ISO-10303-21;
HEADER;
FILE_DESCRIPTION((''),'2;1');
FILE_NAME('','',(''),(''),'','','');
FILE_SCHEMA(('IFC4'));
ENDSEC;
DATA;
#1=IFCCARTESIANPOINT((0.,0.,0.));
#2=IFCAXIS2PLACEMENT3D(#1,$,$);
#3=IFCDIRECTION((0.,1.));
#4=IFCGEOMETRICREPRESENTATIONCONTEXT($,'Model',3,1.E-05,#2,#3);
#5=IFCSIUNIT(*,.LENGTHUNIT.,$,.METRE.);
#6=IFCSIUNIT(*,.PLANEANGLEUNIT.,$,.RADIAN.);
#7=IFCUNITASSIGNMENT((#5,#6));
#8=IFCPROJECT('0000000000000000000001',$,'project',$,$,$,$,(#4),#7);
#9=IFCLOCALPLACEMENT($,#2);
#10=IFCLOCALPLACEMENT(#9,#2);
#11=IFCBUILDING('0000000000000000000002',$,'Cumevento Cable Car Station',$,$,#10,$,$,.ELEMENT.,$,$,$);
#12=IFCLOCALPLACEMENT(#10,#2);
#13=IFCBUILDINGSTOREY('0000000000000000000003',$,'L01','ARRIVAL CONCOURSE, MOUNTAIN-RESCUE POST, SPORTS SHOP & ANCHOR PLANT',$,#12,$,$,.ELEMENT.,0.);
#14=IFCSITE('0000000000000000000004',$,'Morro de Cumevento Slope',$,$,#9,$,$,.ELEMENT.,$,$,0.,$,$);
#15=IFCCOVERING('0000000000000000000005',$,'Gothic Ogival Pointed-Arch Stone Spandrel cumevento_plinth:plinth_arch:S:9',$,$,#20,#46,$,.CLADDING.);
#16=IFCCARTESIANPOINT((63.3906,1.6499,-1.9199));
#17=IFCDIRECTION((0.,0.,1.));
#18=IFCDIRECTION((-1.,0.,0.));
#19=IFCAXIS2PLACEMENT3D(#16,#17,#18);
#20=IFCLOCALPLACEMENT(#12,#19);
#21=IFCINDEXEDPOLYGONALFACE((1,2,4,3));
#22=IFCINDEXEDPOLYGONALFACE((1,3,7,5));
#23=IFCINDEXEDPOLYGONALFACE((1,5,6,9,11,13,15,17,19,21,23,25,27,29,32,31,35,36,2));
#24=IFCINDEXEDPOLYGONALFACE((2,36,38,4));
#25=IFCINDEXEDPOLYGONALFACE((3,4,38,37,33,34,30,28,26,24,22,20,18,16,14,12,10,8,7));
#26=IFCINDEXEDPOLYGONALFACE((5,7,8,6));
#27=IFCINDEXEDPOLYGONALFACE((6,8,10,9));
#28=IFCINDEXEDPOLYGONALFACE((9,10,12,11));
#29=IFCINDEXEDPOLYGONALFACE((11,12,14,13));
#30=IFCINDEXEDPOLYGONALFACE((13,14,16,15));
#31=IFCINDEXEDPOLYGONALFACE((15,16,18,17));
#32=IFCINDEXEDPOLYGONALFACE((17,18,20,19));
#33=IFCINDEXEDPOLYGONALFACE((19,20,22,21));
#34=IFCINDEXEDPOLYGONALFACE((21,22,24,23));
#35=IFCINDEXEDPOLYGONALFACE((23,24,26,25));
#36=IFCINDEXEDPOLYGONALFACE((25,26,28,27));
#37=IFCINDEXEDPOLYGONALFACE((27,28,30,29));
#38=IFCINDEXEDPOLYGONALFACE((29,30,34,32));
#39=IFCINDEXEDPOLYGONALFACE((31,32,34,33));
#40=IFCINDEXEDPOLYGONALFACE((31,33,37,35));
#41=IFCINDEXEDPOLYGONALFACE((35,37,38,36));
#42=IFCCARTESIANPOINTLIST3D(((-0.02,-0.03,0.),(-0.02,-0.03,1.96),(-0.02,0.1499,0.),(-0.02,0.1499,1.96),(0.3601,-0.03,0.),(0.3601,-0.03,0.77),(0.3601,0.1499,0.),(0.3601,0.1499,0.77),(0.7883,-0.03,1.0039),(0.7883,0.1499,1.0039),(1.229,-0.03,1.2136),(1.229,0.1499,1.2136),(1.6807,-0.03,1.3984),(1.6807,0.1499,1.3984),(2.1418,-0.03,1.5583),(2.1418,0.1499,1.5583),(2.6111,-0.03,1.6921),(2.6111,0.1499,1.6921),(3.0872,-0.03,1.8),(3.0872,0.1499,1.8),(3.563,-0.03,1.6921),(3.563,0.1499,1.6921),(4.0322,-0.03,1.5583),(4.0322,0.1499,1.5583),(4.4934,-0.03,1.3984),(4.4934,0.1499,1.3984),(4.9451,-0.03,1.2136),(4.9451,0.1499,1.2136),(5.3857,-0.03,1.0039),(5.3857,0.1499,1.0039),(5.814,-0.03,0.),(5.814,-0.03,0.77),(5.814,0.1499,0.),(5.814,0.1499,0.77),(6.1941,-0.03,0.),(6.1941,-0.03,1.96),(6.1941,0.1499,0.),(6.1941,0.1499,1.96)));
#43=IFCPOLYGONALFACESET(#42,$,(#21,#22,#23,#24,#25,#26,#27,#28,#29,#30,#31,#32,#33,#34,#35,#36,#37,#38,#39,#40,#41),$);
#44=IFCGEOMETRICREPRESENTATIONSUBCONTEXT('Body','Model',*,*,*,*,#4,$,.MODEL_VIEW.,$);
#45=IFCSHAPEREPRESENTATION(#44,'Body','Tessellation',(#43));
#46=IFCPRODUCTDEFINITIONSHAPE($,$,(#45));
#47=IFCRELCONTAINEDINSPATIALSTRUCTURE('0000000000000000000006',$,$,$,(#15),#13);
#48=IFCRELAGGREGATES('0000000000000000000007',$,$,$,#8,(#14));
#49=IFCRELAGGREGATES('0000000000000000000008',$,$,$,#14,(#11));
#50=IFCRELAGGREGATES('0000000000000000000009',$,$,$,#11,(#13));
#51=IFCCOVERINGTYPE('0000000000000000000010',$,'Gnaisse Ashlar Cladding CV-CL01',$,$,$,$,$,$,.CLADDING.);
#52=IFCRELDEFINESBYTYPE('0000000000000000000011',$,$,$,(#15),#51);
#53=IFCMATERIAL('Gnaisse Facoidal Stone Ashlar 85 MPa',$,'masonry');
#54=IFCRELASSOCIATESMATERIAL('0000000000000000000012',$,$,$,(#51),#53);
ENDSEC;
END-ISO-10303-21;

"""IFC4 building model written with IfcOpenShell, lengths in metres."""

from ifc_helpers import new_model, si_unit, direction, frame, origin, place, context, subcontext, project, spatial, polyline, outline, extrude, material, type_object, element, save


model = new_model("IFC4")

# Units and contexts
model_context = context("Model", 3, precision=1e-05, world=origin(), true_north=direction((0.0, 1.0)))
body_context = subcontext(model_context, "Body", "Model", "MODEL_VIEW")
ifc_project = project(units=[si_unit("LENGTHUNIT", "METRE"), si_unit("PLANEANGLEUNIT", "RADIAN")], contexts=[model_context])

# Site, building, storey
site_placement = place(None, origin())
site = spatial("IfcSite", under=ifc_project, at=site_placement, Name="Morro de Cumevento Slope", CompositionType="ELEMENT", RefElevation=0.0)
building_placement = place(site_placement, origin())
building = spatial("IfcBuilding", under=site, at=building_placement, Name="Cumevento Cable Car Station", CompositionType="ELEMENT")
storey_placement = place(building_placement, origin())
storey = spatial("IfcBuildingStorey", under=building, at=storey_placement, Name="L01", Description="ARRIVAL CONCOURSE, MOUNTAIN-RESCUE POST, SPORTS SHOP & ANCHOR PLANT", CompositionType="ELEMENT", Elevation=0.0)

# Covering
ifc_material_1 = material(Name="Gnaisse Facoidal Stone Ashlar 85 MPa", Category="masonry")
covering_type = type_object("IfcCoveringType", Name="Gnaisse Ashlar Cladding CV-CL01", PredefinedType="CLADDING", material=ifc_material_1)
covering_1_placement = place(storey_placement, frame((63.3906, 1.6499, -1.9199), z_axis=(0.0, 0.0, 1.0), x_axis=(-1.0, 0.0, 0.0)))
element("IfcCovering", 1, at=covering_1_placement, inside=storey, type_object=covering_type, Name="Gothic Ogival Pointed-Arch Stone Spandrel cumevento_plinth:plinth_arch:S:9", PredefinedType="CLADDING", context=body_context, shape_type="SweptSolid", body=[
    extrude(outline(polyline([(-0.02, 0.0), (-0.02, 1.96), (6.1941, 1.96), (6.1941, 0.0), (5.814, 0.0), (5.814, 0.77), (5.3857, 1.0039), (4.9451, 1.2136), (4.4934, 1.3984), (4.0322, 1.5583), (3.563, 1.6921), (3.0872, 1.8), (2.6111, 1.6921), (2.1418, 1.5583), (1.6807, 1.3984), (1.229, 1.2136), (0.7883, 1.0039), (0.3601, 0.77), (0.3601, 0.0), (-0.02, 0.0)])), frame((0.0, 0.1499, 0.0), z_axis=(0.0, -1.0, 0.0), x_axis=(1.0, 0.0, 0.0)), (0.0, 0.0, 1.0), 0.1799),
])

save(model, "model.ifc")
